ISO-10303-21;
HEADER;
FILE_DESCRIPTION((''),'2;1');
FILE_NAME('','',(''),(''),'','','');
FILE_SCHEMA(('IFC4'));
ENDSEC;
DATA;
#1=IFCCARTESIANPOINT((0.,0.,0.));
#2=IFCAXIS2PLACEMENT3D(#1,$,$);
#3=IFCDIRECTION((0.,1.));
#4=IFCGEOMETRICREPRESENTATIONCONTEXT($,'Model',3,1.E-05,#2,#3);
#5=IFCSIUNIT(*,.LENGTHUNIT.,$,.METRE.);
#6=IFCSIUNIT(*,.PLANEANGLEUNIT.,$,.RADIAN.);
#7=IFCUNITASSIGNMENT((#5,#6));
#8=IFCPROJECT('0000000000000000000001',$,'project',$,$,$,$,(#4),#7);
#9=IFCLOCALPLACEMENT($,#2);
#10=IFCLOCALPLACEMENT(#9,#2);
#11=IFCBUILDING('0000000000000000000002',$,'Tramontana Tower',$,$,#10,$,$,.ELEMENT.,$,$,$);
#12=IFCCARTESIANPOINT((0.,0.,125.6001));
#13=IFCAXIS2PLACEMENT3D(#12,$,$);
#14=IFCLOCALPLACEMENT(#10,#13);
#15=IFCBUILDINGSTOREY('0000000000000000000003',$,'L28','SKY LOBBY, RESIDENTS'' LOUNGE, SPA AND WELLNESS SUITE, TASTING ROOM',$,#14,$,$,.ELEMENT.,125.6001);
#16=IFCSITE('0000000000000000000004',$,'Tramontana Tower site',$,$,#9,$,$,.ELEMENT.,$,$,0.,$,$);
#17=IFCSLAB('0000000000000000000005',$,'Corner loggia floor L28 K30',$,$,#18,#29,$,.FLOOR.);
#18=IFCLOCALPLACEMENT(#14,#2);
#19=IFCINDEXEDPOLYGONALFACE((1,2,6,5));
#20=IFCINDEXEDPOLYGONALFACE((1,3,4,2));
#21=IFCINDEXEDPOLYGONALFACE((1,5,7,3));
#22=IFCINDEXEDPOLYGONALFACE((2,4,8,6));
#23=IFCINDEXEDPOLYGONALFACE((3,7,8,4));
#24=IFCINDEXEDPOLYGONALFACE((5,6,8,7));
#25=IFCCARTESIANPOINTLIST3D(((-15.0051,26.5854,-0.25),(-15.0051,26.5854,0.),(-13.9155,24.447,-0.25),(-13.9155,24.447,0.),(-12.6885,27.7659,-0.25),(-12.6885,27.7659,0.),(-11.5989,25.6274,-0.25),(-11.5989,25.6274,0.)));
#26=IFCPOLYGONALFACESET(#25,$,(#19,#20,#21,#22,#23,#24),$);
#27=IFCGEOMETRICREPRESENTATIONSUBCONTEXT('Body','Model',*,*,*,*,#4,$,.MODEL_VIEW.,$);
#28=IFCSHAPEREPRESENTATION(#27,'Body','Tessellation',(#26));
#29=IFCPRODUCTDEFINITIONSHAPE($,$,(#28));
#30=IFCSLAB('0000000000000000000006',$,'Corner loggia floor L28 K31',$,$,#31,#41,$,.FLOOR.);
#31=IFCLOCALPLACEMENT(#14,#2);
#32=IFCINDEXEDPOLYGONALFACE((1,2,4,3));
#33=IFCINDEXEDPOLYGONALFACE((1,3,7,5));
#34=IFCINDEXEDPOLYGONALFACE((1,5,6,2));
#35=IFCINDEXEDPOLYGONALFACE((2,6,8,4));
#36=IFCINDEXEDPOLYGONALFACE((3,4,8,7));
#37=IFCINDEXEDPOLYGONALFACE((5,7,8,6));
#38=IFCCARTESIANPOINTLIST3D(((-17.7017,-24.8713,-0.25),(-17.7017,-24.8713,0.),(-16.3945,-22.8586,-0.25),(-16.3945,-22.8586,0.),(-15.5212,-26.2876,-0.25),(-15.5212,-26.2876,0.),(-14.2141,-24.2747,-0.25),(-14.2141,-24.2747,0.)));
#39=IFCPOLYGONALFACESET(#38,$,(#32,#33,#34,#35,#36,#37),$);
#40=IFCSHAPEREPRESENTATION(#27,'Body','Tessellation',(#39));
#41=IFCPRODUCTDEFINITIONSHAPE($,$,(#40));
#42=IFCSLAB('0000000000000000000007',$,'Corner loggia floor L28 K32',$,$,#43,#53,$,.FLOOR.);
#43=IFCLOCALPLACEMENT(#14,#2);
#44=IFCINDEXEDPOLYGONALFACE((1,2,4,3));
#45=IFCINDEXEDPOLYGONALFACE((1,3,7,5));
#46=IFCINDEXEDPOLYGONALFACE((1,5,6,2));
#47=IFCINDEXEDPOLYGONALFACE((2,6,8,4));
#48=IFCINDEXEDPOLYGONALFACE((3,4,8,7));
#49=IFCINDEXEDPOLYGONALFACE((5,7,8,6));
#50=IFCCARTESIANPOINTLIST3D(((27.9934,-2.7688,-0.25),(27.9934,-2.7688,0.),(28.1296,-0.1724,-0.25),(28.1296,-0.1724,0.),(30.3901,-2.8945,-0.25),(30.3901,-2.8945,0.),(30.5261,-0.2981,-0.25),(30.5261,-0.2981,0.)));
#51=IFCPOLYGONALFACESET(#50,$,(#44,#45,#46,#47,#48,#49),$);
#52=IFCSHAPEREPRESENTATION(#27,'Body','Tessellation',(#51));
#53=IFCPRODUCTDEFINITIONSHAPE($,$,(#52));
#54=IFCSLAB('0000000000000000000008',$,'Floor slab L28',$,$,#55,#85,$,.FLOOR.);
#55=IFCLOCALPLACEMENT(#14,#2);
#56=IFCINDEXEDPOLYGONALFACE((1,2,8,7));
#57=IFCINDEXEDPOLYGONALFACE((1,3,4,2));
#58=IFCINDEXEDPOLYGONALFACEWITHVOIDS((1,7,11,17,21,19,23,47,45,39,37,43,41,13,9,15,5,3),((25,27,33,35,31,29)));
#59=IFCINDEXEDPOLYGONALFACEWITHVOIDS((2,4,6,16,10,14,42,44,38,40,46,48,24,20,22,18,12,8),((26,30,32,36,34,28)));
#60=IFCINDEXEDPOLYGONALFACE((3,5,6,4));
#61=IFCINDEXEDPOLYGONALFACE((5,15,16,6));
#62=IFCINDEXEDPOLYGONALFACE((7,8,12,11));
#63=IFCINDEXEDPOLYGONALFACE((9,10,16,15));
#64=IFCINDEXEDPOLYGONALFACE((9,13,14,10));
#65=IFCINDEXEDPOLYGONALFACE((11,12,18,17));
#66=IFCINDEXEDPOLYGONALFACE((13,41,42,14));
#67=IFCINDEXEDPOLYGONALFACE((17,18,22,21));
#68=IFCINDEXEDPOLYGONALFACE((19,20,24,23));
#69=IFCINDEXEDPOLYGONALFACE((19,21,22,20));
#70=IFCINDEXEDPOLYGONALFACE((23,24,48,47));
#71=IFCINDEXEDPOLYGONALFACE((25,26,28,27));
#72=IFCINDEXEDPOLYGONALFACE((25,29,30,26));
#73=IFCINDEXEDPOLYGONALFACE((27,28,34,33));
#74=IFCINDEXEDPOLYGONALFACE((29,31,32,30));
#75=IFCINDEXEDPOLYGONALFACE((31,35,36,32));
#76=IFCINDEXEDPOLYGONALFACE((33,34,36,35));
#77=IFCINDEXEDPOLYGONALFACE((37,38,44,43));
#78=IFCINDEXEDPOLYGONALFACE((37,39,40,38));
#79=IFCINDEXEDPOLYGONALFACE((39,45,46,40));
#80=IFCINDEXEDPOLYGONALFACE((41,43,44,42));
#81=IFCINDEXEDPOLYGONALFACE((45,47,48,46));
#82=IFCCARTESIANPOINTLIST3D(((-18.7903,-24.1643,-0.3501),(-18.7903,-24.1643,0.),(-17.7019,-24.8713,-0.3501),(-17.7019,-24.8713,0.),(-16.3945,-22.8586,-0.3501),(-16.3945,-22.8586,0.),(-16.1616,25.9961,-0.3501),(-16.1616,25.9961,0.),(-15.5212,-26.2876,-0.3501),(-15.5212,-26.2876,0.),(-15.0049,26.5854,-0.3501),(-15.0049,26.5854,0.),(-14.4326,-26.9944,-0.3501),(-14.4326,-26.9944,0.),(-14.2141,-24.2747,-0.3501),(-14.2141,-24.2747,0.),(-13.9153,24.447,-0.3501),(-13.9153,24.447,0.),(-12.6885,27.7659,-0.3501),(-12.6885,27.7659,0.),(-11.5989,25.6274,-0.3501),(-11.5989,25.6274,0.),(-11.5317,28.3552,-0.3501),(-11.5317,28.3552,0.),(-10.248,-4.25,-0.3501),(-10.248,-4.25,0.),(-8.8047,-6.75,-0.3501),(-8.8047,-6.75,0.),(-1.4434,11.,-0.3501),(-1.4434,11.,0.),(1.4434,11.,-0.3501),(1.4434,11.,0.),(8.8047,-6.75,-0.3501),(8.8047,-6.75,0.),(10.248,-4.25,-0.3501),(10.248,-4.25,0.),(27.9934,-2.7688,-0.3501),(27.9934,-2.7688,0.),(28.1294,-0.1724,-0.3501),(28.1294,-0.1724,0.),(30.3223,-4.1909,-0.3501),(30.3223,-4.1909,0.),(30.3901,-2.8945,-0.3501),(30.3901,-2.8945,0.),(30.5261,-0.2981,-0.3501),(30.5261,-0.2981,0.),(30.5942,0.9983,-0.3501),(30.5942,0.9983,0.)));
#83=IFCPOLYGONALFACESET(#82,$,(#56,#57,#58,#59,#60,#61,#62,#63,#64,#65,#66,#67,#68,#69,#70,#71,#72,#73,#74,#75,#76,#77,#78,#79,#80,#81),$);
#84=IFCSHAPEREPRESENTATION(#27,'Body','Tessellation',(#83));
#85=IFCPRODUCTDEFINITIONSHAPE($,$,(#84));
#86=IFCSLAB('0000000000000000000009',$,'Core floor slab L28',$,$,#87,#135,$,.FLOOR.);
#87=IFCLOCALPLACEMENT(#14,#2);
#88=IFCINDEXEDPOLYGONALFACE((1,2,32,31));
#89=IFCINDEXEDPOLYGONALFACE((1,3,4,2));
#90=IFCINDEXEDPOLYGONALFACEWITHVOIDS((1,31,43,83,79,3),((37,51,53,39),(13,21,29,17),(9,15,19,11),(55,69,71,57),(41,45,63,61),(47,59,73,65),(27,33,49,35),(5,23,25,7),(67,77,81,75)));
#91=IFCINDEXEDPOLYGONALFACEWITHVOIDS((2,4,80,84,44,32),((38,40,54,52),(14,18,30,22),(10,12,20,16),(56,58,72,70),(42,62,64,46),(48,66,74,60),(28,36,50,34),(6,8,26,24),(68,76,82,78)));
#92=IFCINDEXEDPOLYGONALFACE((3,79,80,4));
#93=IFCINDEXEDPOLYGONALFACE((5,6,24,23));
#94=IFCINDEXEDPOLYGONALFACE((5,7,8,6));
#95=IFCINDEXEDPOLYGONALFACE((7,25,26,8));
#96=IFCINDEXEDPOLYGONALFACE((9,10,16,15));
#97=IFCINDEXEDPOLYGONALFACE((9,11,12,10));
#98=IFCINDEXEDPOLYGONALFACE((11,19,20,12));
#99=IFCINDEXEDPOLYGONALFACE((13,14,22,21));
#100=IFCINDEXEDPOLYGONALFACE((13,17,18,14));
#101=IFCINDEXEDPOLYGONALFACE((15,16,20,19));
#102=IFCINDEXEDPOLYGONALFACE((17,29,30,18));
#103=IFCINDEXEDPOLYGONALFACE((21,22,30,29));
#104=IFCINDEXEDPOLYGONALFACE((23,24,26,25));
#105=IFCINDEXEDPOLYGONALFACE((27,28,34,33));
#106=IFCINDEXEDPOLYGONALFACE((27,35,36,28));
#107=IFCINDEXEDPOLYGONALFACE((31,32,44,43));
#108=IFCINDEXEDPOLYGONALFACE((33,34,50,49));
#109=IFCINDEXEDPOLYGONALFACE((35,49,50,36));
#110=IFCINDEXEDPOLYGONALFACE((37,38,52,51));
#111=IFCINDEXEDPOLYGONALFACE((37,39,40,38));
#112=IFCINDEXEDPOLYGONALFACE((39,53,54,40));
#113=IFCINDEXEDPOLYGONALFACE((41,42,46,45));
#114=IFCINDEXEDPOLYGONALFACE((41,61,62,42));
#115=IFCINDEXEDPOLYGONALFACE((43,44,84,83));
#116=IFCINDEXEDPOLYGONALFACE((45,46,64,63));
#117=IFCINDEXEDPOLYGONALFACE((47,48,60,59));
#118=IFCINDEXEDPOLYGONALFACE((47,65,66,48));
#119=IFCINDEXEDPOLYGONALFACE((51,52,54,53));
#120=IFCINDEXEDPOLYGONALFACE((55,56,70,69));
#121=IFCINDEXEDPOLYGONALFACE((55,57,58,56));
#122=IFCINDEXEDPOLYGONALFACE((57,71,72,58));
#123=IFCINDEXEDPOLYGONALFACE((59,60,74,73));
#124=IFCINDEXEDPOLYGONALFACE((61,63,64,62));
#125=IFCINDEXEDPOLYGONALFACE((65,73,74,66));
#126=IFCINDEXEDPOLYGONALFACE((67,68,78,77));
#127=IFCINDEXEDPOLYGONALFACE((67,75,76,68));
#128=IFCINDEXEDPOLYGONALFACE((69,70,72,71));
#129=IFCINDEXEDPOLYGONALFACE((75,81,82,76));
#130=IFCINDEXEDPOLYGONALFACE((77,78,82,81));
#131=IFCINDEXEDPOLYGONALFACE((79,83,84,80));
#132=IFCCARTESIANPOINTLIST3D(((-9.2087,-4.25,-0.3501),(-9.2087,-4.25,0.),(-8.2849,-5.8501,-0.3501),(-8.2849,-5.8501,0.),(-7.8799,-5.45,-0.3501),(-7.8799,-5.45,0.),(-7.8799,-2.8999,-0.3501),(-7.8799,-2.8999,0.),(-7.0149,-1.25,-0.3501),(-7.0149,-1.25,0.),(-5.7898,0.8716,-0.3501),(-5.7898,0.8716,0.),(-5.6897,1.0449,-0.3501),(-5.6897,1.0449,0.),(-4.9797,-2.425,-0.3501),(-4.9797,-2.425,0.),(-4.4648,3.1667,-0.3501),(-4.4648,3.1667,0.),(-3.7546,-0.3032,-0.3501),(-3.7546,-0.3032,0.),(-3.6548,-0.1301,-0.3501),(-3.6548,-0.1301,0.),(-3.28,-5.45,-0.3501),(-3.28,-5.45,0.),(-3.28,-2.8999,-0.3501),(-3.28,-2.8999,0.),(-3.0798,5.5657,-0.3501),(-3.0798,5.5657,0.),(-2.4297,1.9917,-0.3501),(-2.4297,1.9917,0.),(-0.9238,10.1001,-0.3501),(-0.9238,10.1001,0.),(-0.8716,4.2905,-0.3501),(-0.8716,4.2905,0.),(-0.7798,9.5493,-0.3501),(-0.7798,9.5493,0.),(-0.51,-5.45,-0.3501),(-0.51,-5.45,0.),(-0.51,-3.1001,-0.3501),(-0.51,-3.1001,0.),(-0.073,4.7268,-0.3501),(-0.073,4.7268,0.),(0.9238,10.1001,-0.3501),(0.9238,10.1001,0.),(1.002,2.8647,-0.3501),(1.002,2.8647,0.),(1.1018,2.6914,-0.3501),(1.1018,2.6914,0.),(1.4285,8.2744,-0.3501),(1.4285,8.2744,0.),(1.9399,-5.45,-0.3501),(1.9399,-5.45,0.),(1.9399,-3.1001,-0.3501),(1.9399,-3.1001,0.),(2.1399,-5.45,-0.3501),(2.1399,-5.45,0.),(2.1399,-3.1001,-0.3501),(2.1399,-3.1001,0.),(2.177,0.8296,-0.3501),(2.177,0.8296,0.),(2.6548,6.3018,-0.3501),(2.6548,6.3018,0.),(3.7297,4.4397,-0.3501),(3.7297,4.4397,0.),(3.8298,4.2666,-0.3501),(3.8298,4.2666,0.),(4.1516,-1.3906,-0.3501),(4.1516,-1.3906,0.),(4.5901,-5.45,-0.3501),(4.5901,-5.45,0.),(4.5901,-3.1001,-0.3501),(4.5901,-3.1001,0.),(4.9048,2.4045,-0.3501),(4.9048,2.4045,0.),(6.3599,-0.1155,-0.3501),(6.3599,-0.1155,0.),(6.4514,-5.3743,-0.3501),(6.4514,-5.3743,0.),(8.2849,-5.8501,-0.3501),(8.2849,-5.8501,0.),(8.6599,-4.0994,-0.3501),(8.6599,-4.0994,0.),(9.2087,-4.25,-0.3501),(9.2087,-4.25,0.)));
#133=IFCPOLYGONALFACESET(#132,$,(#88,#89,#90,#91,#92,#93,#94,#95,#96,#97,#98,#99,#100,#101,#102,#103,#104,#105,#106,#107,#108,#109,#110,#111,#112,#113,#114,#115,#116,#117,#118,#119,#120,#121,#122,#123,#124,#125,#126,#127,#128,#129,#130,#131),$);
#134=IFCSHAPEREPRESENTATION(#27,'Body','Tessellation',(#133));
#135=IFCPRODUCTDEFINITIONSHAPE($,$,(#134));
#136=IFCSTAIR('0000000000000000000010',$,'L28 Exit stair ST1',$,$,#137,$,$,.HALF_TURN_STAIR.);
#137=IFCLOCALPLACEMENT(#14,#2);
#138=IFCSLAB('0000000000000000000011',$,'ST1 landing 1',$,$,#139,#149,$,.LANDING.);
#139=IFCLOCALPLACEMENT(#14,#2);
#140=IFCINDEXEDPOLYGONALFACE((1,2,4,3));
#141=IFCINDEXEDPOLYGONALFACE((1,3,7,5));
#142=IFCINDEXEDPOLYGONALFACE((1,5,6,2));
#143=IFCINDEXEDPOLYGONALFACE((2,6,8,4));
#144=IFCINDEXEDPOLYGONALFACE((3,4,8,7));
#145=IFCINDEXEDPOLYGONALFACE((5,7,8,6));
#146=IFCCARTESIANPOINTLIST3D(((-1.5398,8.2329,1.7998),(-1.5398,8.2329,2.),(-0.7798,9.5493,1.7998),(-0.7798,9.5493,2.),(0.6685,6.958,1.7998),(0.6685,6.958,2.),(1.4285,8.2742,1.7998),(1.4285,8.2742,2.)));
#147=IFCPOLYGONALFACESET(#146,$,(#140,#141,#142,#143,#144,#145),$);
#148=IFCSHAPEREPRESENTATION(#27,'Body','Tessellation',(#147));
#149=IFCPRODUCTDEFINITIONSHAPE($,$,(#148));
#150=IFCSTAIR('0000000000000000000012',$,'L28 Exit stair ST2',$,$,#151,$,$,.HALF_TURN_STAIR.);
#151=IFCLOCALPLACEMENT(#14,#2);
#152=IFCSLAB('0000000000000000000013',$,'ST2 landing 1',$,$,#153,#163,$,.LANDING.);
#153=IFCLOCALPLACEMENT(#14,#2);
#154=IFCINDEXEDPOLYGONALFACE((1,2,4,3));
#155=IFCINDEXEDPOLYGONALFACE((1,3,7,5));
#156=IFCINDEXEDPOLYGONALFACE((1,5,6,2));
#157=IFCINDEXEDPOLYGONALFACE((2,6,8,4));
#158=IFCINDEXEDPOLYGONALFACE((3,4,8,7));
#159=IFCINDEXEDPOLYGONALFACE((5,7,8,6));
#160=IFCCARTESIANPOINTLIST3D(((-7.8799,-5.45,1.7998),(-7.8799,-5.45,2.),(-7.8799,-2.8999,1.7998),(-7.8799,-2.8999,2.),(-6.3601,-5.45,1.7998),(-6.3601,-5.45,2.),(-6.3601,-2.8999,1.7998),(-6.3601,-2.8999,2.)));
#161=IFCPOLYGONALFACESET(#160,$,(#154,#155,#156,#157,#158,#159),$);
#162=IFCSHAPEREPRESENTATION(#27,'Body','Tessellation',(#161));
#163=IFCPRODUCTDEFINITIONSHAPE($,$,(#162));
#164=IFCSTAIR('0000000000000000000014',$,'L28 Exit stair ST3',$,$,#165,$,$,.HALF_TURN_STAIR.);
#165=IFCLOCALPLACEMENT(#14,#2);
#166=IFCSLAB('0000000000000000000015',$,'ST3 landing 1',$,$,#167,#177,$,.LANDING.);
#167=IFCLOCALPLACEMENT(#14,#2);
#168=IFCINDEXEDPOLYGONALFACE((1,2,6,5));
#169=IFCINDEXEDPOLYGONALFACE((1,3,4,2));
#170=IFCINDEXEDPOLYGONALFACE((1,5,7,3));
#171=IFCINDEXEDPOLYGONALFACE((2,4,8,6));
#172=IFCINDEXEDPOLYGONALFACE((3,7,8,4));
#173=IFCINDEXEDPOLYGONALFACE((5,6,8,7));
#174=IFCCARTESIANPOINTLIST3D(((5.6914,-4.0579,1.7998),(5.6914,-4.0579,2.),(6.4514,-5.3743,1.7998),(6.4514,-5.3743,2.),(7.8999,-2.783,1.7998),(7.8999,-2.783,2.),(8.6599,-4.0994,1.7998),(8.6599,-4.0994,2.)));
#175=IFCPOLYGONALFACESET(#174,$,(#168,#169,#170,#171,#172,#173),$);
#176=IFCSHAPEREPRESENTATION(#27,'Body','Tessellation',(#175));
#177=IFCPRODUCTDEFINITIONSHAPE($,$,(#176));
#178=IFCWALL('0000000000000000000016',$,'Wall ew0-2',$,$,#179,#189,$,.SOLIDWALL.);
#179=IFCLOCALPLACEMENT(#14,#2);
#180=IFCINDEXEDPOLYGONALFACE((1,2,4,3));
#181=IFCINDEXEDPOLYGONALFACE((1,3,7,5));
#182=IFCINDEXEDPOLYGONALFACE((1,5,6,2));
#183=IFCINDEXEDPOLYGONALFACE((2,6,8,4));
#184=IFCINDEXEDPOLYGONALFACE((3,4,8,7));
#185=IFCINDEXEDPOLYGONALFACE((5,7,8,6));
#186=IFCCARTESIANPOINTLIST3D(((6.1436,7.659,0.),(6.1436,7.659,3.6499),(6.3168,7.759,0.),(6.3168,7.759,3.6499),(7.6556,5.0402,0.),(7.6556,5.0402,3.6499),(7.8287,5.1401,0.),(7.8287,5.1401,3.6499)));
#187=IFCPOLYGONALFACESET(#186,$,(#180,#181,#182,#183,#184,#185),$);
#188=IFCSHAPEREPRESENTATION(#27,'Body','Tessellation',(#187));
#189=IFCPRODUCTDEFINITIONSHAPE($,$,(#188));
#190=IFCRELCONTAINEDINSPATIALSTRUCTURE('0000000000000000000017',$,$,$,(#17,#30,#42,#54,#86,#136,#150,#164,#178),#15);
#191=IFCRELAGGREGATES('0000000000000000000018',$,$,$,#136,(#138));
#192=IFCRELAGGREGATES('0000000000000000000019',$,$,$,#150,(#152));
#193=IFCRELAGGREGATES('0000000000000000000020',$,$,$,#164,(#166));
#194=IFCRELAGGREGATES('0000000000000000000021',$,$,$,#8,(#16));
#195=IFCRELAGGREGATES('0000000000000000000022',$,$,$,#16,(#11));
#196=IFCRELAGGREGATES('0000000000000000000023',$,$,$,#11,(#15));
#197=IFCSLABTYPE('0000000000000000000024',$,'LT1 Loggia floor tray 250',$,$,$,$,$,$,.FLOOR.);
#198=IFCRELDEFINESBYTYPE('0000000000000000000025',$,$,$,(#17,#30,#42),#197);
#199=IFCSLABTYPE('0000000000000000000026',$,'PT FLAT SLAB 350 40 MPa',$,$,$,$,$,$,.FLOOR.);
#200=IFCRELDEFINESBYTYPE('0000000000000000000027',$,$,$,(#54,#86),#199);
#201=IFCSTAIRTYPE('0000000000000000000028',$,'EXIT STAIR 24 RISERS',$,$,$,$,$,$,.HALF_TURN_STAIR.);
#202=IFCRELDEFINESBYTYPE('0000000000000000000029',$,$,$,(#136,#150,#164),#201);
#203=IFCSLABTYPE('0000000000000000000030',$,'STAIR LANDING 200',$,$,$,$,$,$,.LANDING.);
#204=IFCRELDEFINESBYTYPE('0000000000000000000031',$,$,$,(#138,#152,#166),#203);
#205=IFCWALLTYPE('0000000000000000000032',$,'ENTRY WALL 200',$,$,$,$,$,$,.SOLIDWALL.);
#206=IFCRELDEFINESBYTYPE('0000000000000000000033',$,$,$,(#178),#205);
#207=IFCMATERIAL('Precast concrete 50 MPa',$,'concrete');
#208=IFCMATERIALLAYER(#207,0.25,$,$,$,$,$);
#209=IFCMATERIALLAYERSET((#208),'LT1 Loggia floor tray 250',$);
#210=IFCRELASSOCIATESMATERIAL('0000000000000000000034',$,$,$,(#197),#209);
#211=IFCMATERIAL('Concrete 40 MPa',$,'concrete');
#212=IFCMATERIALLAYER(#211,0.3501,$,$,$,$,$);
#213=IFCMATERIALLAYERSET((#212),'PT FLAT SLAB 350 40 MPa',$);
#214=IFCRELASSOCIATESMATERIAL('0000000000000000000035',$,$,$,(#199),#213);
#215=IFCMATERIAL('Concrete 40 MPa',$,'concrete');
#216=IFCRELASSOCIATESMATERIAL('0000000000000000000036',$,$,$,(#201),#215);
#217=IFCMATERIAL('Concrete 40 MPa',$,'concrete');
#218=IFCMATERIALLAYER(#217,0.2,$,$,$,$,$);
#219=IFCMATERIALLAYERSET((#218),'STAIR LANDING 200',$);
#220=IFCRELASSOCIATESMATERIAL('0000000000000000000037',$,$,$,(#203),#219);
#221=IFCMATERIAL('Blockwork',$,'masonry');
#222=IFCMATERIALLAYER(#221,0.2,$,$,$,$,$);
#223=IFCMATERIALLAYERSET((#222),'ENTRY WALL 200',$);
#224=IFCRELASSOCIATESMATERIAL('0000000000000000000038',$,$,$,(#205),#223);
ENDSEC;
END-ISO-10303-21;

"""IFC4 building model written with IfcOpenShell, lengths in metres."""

from ifc_helpers import new_model, si_unit, direction, frame, frame_2d, origin, place, context, subcontext, project, spatial, polyline, rectangle, outline, extrude, material, layer, layer_set, type_object, element, aggregate, save


model = new_model("IFC4")

# Units and contexts
model_context = context("Model", 3, precision=1e-05, world=origin(), true_north=direction((0.0, 1.0)))
body_context = subcontext(model_context, "Body", "Model", "MODEL_VIEW")
ifc_project = project(units=[si_unit("LENGTHUNIT", "METRE"), si_unit("PLANEANGLEUNIT", "RADIAN")], contexts=[model_context])

# Site, building, storey
site_placement = place(None, origin())
site = spatial("IfcSite", under=ifc_project, at=site_placement, Name="Tramontana Tower site", CompositionType="ELEMENT", RefElevation=0.0)
building_placement = place(site_placement, origin())
building = spatial("IfcBuilding", under=site, at=building_placement, Name="Tramontana Tower", CompositionType="ELEMENT")
storey_placement = place(building_placement, frame((0.0, 0.0, 125.6001)))
storey = spatial("IfcBuildingStorey", under=building, at=storey_placement, Name="L28", Description="SKY LOBBY, RESIDENTS' LOUNGE, SPA AND WELLNESS SUITE, TASTING ROOM", CompositionType="ELEMENT", Elevation=125.6001)

# Slabs
ifc_material_1 = material(Name="Precast concrete 50 MPa", Category="concrete")
ifc_layer_1 = layer(ifc_material_1, 0.25)
ifc_layer_set_1 = layer_set([ifc_layer_1], Name="LT1 Loggia floor tray 250")
slab_type_1 = type_object("IfcSlabType", Name="LT1 Loggia floor tray 250", PredefinedType="FLOOR", material=ifc_layer_set_1)
slab_1_placement = place(storey_placement, frame((0.0, 0.0, -0.25)))
element("IfcSlab", 1, at=slab_1_placement, inside=storey, type_object=slab_type_1, Name="Corner loggia floor L28 K30", PredefinedType="FLOOR", context=body_context, shape_type="SweptSolid", body=[
    extrude(outline(polyline([(-12.6885, 27.7659), (-11.5989, 25.6274), (-13.9155, 24.447), (-15.0051, 26.5854), (-12.6885, 27.7659)])), origin(), (0.0, 0.0, 1.0), 0.25),
])
slab_2_placement = place(storey_placement, frame((0.0, 0.0, -0.25)))
element("IfcSlab", 2, at=slab_2_placement, inside=storey, type_object=slab_type_1, Name="Corner loggia floor L28 K31", PredefinedType="FLOOR", context=body_context, shape_type="SweptSolid", body=[
    extrude(outline(polyline([(-17.7017, -24.8713), (-16.3945, -22.8586), (-14.2141, -24.2747), (-15.5212, -26.2876), (-17.7017, -24.8713)])), origin(), (0.0, 0.0, 1.0), 0.25),
])
slab_3_placement = place(storey_placement, frame((0.0, 0.0, -0.25)))
element("IfcSlab", 3, at=slab_3_placement, inside=storey, type_object=slab_type_1, Name="Corner loggia floor L28 K32", PredefinedType="FLOOR", context=body_context, shape_type="SweptSolid", body=[
    extrude(outline(polyline([(30.3901, -2.8945), (27.9934, -2.7688), (28.1296, -0.1724), (30.5261, -0.2981), (30.3901, -2.8945)])), origin(), (0.0, 0.0, 1.0), 0.25),
])
ifc_material_2 = material(Name="Concrete 40 MPa", Category="concrete")
ifc_layer_2 = layer(ifc_material_2, 0.3501)
ifc_layer_set_2 = layer_set([ifc_layer_2], Name="PT FLAT SLAB 350 40 MPa")
slab_type_2 = type_object("IfcSlabType", Name="PT FLAT SLAB 350 40 MPa", PredefinedType="FLOOR", material=ifc_layer_set_2)
slab_4_placement = place(storey_placement, frame((0.0, 0.0, -0.3501)))
element("IfcSlab", 4, at=slab_4_placement, inside=storey, type_object=slab_type_2, Name="Floor slab L28", PredefinedType="FLOOR", context=body_context, shape_type="SweptSolid", body=[
    extrude(outline(polyline([(30.5261, -0.2981), (28.1294, -0.1724), (27.9934, -2.7688), (30.3901, -2.8945), (30.3223, -4.1909), (-14.4326, -26.9944), (-15.5212, -26.2876), (-14.2141, -24.2747), (-16.3945, -22.8586), (-17.7019, -24.8713), (-18.7903, -24.1643), (-16.1616, 25.9961), (-15.0049, 26.5854), (-13.9153, 24.447), (-11.5989, 25.6274), (-12.6885, 27.7659), (-11.5317, 28.3552), (30.5942, 0.9983), (30.5261, -0.2981)]), holes=[polyline([(-10.248, -4.25), (-8.8047, -6.75), (8.8047, -6.75), (10.248, -4.25), (1.4434, 11.0), (-1.4434, 11.0), (-10.248, -4.25)])]), origin(), (0.0, 0.0, 1.0), 0.3501),
])
slab_5_placement = place(storey_placement, frame((0.0, 0.0, -0.3501)))
element("IfcSlab", 5, at=slab_5_placement, inside=storey, type_object=slab_type_2, Name="Core floor slab L28", PredefinedType="FLOOR", context=body_context, shape_type="SweptSolid", body=[
    extrude(outline(polyline([(9.2087, -4.25), (8.2849, -5.8501), (-8.2849, -5.8501), (-9.2087, -4.25), (-0.9238, 10.1001), (0.9238, 10.1001), (9.2087, -4.25)]), holes=[polyline([(8.6599, -4.0994), (6.3599, -0.1155), (4.1516, -1.3906), (6.4514, -5.3743), (8.6599, -4.0994)]), polyline([(3.8298, 4.2666), (1.1018, 2.6914), (2.177, 0.8296), (4.9048, 2.4045), (3.8298, 4.2666)]), polyline([(4.5901, -5.45), (4.5901, -3.1001), (2.1399, -3.1001), (2.1399, -5.45), (4.5901, -5.45)]), polyline([(3.7297, 4.4397), (2.6548, 6.3018), (-0.073, 4.7268), (1.002, 2.8647), (3.7297, 4.4397)]), polyline([(1.9399, -5.45), (1.9399, -3.1001), (-0.51, -3.1001), (-0.51, -5.45), (1.9399, -5.45)]), polyline([(1.4285, 8.2744), (-0.7798, 9.5493), (-3.0798, 5.5657), (-0.8716, 4.2905), (1.4285, 8.2744)]), polyline([(-5.6897, 1.0449), (-3.6548, -0.1301), (-2.4297, 1.9917), (-4.4648, 3.1667), (-5.6897, 1.0449)]), polyline([(-7.8799, -5.45), (-3.28, -5.45), (-3.28, -2.8999), (-7.8799, -2.8999), (-7.8799, -5.45)]), polyline([(-7.0149, -1.25), (-4.9797, -2.425), (-3.7546, -0.3032), (-5.7898, 0.8716), (-7.0149, -1.25)])]), origin(), (0.0, 0.0, 1.0), 0.3501),
])

# Stairs, slabs
ifc_material_3 = material(Name="Concrete 40 MPa", Category="concrete")
stair_type = type_object("IfcStairType", Name="EXIT STAIR 24 RISERS", PredefinedType="HALF_TURN_STAIR", material=ifc_material_3)
stair_1_placement = place(storey_placement, origin())
stair_1 = element("IfcStair", 6, at=stair_1_placement, inside=storey, type_object=stair_type, Name="L28 Exit stair ST1", PredefinedType="HALF_TURN_STAIR")
ifc_material_4 = material(Name="Concrete 40 MPa", Category="concrete")
ifc_layer_3 = layer(ifc_material_4, 0.2)
ifc_layer_set_3 = layer_set([ifc_layer_3], Name="STAIR LANDING 200")
slab_type_3 = type_object("IfcSlabType", Name="STAIR LANDING 200", PredefinedType="LANDING", material=ifc_layer_set_3)
slab_6_placement = place(storey_placement, frame((0.0, 0.0, 1.7998)))
slab_6 = element("IfcSlab", 7, at=slab_6_placement, type_object=slab_type_3, Name="ST1 landing 1", PredefinedType="LANDING", context=body_context, shape_type="SweptSolid", body=[
    extrude(outline(polyline([(0.6685, 6.958), (1.4285, 8.2742), (-0.7798, 9.5493), (-1.5398, 8.2329), (0.6685, 6.958)])), origin(), (0.0, 0.0, 1.0), 0.2002),
])
aggregate(stair_1, [slab_6])
stair_2_placement = place(storey_placement, origin())
stair_2 = element("IfcStair", 8, at=stair_2_placement, inside=storey, type_object=stair_type, Name="L28 Exit stair ST2", PredefinedType="HALF_TURN_STAIR")
slab_7_placement = place(storey_placement, frame((0.0, 0.0, 1.7998)))
slab_7 = element("IfcSlab", 9, at=slab_7_placement, type_object=slab_type_3, Name="ST2 landing 1", PredefinedType="LANDING", context=body_context, shape_type="SweptSolid", body=[
    extrude(outline(polyline([(-6.3601, -2.8999), (-7.8799, -2.8999), (-7.8799, -5.45), (-6.3601, -5.45), (-6.3601, -2.8999)])), origin(), (0.0, 0.0, 1.0), 0.2002),
])
aggregate(stair_2, [slab_7])
stair_3_placement = place(storey_placement, origin())
stair_3 = element("IfcStair", 10, at=stair_3_placement, inside=storey, type_object=stair_type, Name="L28 Exit stair ST3", PredefinedType="HALF_TURN_STAIR")
slab_8_placement = place(storey_placement, frame((0.0, 0.0, 1.7998)))
slab_8 = element("IfcSlab", 11, at=slab_8_placement, type_object=slab_type_3, Name="ST3 landing 1", PredefinedType="LANDING", context=body_context, shape_type="SweptSolid", body=[
    extrude(outline(polyline([(5.6914, -4.0579), (6.4514, -5.3743), (8.6599, -4.0994), (7.8999, -2.783), (5.6914, -4.0579)])), origin(), (0.0, 0.0, 1.0), 0.2002),
])
aggregate(stair_3, [slab_8])

# Shared definitions
ifc_material_5 = material(Name="Blockwork", Category="masonry")
ifc_layer_4 = layer(ifc_material_5, 0.2)
ifc_layer_set_4 = layer_set([ifc_layer_4], Name="ENTRY WALL 200")
wall_type_1 = type_object("IfcWallType", Name="ENTRY WALL 200", PredefinedType="SOLIDWALL", material=ifc_layer_set_4)

# Wall
wall_1_placement = place(storey_placement, frame((6.2302, 7.709, 0.0), z_axis=(0.0, 0.0, 1.0), x_axis=(0.499986, -0.866034, 0.0)))
element("IfcWall", 12, at=wall_1_placement, inside=storey, type_object=wall_type_1, Name="Wall ew0-2", PredefinedType="SOLIDWALL", context=body_context, shape_type="SweptSolid", body=[
    extrude(rectangle(XDim=3.0239, YDim=0.2, at=frame_2d((1.512, 0.0))), origin(), (0.0, 0.0, 1.0), 3.6499),
])

save(model, "model.ifc")
